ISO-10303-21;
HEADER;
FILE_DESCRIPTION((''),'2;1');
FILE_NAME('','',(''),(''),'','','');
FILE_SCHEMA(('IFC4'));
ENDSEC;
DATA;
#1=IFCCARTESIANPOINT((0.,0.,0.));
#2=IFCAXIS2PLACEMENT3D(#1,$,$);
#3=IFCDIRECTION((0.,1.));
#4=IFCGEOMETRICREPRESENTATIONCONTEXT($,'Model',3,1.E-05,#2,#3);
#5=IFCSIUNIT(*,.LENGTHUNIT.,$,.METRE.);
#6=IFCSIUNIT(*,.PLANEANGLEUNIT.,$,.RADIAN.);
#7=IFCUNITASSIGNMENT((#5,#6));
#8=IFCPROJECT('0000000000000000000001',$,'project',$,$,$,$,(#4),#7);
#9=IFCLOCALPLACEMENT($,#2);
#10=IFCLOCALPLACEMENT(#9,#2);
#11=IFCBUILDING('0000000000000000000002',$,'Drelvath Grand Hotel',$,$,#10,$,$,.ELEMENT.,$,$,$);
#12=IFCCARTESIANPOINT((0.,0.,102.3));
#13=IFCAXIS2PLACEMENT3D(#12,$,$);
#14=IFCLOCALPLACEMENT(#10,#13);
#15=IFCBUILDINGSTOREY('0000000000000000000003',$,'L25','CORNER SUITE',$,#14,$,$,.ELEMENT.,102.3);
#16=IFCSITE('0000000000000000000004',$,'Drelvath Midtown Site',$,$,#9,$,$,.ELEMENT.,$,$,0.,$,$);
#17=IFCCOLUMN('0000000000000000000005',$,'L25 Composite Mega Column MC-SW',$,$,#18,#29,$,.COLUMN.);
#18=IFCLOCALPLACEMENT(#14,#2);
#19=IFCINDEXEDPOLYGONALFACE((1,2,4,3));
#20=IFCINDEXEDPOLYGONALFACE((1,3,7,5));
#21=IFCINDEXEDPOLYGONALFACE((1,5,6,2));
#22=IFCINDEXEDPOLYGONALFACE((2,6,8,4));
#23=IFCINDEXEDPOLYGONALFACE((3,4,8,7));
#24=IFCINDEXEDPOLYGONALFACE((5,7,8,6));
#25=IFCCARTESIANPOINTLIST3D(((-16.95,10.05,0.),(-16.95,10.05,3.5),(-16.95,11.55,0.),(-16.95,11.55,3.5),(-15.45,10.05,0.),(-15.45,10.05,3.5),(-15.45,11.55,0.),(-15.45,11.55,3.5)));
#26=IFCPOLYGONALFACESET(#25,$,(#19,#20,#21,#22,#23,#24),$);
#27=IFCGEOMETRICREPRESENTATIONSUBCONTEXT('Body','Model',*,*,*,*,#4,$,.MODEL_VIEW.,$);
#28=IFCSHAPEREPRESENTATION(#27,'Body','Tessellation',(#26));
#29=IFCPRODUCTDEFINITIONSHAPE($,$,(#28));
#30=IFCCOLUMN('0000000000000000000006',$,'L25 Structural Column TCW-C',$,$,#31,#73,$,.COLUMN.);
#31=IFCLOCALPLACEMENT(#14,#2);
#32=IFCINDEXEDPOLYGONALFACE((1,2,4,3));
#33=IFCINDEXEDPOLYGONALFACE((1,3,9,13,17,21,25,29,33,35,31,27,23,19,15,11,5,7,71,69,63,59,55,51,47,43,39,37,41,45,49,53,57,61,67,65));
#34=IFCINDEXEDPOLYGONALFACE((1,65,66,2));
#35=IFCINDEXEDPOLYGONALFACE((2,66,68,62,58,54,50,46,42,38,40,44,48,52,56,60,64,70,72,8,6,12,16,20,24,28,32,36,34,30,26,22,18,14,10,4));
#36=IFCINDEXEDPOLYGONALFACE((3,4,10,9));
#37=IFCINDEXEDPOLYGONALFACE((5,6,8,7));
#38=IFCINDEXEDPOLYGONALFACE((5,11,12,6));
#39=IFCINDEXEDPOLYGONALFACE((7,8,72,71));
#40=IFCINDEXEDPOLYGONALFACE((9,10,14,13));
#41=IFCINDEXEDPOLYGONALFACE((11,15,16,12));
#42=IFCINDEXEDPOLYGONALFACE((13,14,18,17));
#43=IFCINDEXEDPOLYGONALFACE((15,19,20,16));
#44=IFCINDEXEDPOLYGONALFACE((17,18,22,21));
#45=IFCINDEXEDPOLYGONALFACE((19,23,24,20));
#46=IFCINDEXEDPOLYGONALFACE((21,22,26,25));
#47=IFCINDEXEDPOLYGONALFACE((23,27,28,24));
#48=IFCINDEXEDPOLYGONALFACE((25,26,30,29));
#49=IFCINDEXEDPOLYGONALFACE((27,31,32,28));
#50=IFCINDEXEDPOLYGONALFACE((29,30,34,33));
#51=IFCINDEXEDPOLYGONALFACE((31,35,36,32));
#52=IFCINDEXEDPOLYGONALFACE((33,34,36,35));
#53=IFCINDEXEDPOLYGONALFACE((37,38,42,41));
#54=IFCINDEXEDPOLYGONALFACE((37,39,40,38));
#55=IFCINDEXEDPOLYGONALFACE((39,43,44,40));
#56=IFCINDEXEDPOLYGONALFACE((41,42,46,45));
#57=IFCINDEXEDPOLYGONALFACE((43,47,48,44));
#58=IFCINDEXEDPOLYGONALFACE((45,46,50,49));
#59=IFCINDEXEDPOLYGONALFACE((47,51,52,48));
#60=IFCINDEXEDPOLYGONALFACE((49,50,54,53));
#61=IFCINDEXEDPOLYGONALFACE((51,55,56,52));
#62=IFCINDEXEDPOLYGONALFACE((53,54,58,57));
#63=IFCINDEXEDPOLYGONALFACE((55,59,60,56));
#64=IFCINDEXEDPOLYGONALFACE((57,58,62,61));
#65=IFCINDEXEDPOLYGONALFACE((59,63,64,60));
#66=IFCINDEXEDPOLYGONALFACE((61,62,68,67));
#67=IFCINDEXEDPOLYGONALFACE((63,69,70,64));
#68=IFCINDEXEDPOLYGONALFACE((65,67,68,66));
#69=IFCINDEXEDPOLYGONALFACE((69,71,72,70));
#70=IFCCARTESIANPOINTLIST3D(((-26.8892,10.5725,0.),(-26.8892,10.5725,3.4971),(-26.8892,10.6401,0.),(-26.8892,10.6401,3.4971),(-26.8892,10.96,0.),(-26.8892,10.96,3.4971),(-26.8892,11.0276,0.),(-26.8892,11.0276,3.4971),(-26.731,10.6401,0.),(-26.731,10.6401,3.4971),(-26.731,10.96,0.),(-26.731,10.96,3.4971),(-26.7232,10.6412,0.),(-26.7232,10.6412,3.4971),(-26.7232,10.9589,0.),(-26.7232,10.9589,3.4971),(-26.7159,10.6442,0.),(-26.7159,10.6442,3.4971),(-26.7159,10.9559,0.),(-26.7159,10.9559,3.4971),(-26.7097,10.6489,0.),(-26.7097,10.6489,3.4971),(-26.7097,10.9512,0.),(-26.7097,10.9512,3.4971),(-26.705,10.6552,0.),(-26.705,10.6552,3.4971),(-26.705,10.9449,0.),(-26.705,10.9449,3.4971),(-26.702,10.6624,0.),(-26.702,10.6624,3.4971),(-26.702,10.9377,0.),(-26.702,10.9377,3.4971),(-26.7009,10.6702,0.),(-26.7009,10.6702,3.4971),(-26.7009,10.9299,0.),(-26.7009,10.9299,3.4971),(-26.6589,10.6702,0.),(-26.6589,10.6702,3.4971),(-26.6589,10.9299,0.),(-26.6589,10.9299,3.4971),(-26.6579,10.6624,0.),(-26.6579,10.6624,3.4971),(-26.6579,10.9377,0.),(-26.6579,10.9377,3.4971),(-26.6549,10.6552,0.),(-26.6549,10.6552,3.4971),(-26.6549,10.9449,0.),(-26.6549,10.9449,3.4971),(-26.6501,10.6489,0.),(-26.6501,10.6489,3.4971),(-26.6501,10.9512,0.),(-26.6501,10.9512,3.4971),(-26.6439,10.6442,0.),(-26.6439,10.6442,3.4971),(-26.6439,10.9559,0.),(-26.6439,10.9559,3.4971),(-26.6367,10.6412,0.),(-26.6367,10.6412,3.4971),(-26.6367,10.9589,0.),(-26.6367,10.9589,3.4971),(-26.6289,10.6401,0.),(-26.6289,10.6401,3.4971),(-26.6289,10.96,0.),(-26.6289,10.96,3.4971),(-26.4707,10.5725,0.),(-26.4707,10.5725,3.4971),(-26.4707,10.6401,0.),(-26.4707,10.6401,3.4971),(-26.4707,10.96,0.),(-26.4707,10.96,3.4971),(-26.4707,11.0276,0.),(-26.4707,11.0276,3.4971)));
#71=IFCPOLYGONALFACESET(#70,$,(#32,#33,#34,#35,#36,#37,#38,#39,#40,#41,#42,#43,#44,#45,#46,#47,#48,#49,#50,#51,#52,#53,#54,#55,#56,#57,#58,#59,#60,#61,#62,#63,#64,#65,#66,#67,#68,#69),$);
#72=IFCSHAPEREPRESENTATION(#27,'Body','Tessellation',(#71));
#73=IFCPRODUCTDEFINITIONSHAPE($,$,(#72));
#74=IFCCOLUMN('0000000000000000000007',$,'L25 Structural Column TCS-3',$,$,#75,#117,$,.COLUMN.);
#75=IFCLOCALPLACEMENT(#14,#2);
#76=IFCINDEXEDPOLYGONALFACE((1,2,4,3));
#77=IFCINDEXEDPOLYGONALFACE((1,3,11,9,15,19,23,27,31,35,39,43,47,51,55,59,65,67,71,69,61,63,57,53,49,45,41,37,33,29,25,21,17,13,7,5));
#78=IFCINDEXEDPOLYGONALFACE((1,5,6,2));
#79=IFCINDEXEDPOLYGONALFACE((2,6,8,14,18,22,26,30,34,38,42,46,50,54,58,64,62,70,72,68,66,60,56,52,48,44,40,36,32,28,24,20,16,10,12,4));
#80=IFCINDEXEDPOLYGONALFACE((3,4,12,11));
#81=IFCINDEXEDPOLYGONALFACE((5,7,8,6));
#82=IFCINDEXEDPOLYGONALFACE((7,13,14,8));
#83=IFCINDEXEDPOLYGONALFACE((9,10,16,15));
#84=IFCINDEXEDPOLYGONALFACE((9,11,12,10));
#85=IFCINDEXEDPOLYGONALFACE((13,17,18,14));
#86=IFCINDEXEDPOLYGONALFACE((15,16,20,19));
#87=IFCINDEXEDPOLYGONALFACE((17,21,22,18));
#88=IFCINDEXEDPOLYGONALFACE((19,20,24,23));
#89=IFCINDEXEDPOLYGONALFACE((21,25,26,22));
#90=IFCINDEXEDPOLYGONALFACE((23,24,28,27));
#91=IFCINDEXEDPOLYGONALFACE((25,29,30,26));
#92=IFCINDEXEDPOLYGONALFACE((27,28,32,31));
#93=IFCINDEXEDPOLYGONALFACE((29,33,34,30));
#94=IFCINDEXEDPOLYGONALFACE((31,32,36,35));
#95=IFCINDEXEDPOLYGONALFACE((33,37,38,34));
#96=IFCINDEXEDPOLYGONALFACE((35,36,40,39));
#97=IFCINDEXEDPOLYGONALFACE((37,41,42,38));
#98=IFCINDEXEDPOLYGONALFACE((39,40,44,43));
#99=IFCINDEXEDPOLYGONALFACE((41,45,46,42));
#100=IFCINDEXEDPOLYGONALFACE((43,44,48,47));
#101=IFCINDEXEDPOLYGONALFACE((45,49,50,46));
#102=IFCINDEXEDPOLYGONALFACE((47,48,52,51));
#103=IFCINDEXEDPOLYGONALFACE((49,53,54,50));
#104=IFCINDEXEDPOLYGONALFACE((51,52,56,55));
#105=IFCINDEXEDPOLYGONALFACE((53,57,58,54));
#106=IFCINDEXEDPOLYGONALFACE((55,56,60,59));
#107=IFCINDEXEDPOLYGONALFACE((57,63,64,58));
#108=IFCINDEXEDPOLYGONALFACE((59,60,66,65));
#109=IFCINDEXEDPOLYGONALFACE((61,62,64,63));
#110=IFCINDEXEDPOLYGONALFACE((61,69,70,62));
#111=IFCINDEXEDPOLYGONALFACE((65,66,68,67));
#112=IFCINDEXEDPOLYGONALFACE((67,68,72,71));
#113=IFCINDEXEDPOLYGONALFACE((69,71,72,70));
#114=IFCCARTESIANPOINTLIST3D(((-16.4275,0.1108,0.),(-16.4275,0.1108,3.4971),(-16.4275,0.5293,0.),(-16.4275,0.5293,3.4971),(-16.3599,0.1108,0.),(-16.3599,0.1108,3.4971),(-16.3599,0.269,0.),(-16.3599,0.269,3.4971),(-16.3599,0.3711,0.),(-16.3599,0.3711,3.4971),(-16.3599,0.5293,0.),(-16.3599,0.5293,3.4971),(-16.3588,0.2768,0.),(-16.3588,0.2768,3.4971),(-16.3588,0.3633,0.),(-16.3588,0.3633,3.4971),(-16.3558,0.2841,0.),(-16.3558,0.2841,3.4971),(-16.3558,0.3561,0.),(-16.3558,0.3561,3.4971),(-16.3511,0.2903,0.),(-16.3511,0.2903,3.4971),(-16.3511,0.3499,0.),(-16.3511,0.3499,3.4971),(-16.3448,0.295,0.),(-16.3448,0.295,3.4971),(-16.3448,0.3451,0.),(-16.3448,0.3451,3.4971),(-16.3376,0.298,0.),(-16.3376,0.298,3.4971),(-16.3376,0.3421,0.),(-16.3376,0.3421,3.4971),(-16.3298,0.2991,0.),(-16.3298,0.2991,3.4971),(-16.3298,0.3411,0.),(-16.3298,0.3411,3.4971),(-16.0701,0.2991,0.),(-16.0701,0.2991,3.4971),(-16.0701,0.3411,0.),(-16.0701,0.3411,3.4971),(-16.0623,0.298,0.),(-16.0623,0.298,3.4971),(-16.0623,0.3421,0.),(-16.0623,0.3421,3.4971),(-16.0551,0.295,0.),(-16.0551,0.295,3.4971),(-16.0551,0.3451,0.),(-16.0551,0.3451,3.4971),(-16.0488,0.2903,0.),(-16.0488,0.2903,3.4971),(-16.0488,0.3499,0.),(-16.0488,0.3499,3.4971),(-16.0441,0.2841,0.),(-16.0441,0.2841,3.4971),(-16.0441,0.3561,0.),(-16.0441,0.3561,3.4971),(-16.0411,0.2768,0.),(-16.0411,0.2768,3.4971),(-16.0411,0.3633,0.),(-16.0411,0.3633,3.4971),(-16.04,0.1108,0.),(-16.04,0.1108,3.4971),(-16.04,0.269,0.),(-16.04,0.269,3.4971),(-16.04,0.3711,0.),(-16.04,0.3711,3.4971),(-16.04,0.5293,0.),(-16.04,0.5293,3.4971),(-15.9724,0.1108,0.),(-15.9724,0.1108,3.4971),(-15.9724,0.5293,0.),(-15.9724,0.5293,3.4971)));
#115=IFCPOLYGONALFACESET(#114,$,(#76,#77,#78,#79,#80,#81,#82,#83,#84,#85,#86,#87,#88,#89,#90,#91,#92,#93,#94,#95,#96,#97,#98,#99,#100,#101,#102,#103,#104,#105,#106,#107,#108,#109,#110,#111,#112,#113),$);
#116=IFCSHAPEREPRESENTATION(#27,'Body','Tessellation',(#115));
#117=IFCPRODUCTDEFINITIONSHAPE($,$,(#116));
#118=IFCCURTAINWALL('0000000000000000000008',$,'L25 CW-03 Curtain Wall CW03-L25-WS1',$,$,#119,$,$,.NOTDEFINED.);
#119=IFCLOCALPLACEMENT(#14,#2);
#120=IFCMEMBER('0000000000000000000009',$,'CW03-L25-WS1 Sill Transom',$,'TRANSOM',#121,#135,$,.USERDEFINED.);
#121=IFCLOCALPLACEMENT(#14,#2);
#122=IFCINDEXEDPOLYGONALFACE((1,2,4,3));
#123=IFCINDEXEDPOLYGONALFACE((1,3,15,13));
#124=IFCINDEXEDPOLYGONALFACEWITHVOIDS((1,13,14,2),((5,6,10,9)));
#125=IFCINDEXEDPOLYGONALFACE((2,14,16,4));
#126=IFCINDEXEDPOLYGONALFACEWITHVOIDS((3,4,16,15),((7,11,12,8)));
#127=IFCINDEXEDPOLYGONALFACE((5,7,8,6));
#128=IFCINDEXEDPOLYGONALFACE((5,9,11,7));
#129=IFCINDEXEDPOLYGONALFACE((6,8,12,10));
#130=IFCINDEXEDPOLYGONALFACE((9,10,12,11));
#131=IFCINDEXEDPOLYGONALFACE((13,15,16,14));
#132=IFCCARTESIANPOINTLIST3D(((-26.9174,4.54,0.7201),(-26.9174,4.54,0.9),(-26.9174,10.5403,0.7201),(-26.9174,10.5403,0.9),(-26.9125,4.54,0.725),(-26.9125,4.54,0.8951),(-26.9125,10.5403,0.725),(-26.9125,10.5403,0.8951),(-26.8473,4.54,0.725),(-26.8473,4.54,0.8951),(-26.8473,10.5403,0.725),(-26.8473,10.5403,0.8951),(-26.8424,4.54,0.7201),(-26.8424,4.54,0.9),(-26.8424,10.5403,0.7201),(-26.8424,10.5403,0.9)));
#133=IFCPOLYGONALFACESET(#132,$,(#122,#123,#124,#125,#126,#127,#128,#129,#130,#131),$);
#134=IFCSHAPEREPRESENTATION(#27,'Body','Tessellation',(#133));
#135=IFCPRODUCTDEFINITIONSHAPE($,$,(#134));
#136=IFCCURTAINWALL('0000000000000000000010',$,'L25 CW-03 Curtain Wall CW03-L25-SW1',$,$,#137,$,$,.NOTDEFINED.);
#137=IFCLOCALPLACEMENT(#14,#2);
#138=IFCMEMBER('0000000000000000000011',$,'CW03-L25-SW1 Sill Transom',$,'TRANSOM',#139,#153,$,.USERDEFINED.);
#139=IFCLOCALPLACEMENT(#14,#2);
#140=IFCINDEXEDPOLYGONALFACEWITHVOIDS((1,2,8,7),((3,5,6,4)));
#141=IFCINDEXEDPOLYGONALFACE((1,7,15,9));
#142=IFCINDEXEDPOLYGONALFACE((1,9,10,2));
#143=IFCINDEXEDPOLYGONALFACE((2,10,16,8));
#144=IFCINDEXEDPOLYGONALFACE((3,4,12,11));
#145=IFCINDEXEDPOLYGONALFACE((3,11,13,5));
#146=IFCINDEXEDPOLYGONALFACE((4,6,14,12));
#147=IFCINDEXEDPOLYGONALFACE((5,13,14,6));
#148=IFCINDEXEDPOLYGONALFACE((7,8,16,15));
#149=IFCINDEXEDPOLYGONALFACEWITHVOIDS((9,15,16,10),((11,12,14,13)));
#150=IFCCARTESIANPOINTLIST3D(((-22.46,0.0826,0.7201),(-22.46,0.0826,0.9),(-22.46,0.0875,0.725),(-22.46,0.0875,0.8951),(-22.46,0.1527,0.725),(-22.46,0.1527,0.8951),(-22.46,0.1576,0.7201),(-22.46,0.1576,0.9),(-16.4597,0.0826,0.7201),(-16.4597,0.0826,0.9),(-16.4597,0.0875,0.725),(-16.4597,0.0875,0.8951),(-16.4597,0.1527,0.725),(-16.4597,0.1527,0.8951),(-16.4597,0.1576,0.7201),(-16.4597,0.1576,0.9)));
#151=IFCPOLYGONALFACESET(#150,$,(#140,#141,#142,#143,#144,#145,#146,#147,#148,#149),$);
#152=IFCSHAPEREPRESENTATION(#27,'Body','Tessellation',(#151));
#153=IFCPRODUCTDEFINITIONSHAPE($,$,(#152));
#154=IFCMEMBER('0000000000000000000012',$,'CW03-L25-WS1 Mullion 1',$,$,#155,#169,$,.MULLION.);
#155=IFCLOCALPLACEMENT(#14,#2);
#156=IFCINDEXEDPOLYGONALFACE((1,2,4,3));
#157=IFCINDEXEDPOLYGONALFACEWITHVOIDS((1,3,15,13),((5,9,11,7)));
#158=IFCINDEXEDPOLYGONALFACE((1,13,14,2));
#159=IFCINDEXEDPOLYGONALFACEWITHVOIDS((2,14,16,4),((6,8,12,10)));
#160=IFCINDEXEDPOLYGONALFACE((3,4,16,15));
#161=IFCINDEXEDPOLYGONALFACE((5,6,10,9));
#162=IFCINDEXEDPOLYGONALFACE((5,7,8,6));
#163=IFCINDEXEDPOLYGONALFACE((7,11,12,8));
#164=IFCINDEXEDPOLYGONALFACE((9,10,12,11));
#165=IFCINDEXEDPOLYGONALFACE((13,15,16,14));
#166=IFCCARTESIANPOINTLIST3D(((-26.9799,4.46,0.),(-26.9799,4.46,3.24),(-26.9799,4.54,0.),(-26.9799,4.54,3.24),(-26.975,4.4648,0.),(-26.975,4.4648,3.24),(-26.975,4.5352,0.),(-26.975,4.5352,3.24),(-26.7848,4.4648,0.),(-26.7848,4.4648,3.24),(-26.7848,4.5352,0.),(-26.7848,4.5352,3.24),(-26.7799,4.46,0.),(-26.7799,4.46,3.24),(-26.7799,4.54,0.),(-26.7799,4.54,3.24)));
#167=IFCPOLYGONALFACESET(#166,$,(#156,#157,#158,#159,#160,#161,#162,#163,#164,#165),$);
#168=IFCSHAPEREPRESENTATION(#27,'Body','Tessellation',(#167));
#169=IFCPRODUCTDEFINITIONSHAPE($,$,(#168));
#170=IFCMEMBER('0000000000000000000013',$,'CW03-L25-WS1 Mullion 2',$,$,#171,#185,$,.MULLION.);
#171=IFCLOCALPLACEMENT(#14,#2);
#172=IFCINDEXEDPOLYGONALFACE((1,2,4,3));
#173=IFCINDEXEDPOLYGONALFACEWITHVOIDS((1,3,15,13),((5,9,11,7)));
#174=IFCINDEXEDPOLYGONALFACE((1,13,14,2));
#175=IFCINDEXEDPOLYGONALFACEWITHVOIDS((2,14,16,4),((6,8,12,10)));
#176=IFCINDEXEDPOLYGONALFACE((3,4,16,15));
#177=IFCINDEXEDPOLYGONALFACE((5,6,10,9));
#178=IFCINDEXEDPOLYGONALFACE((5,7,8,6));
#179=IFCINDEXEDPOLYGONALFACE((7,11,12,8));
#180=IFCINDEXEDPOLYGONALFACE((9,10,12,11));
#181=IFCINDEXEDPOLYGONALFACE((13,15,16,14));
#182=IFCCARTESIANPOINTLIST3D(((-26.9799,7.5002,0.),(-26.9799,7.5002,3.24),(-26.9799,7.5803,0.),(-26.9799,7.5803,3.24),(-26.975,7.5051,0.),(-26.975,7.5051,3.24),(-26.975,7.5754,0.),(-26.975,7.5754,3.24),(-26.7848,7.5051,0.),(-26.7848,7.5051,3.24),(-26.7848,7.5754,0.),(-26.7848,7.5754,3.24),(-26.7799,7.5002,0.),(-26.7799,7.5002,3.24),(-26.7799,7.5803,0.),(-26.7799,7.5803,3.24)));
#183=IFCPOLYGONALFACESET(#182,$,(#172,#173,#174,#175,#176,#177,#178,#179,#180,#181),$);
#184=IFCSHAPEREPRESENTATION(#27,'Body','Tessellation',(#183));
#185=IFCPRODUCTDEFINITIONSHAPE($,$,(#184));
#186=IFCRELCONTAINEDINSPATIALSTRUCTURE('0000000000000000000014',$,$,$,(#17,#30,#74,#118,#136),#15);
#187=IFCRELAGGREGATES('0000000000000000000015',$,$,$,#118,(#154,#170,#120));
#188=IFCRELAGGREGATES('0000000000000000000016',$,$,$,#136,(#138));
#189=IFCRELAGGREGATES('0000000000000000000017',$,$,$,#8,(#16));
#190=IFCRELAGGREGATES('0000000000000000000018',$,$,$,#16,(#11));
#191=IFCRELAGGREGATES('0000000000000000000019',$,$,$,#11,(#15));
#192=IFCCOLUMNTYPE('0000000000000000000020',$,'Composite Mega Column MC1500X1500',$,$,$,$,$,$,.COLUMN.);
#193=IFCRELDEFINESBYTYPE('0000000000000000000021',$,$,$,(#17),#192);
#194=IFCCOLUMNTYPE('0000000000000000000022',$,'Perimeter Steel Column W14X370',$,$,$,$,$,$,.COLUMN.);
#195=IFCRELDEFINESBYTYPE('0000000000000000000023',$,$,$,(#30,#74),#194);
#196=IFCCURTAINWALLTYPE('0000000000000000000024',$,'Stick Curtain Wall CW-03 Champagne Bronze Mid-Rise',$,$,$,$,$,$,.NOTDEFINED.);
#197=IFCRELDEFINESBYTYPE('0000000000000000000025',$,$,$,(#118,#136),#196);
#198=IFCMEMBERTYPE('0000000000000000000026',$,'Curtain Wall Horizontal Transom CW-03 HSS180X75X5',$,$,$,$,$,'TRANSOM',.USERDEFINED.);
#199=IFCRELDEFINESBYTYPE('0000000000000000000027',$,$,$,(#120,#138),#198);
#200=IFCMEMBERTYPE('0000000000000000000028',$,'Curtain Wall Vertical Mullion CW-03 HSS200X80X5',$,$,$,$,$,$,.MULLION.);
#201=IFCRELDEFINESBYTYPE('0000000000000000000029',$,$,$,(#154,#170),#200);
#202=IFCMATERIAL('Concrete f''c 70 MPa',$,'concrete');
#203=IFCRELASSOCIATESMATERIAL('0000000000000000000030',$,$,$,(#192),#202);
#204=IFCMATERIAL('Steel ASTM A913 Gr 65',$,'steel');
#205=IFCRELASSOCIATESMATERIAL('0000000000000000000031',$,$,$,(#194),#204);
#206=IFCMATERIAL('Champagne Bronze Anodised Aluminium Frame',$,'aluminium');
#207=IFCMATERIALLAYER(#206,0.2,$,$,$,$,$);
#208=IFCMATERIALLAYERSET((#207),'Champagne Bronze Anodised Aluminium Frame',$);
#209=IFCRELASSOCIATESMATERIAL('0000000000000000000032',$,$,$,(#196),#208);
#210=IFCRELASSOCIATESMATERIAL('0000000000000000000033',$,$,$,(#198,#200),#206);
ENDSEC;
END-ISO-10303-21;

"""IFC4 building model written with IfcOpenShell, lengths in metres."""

from ifc_helpers import new_model, si_unit, direction, frame, origin, origin_2d, place, context, subcontext, project, spatial, rectangle, hollow_rectangle, i_section, extrude, material, layer, layer_set, material_profile, profile_set, type_object, element, aggregate, save


model = new_model("IFC4")

# Units and contexts
model_context = context("Model", 3, precision=1e-05, world=origin(), true_north=direction((0.0, 1.0)))
body_context = subcontext(model_context, "Body", "Model", "MODEL_VIEW")
ifc_project = project(units=[si_unit("LENGTHUNIT", "METRE"), si_unit("PLANEANGLEUNIT", "RADIAN")], contexts=[model_context])

# Site, building, storey
site_placement = place(None, origin())
site = spatial("IfcSite", under=ifc_project, at=site_placement, Name="Drelvath Midtown Site", CompositionType="ELEMENT", RefElevation=0.0)
building_placement = place(site_placement, origin())
building = spatial("IfcBuilding", under=site, at=building_placement, Name="Drelvath Grand Hotel", CompositionType="ELEMENT")
storey_placement = place(building_placement, frame((0.0, 0.0, 102.3)))
storey = spatial("IfcBuildingStorey", under=building, at=storey_placement, Name="L25", Description="CORNER SUITE", CompositionType="ELEMENT", Elevation=102.3)

# Columns
ifc_material_1 = material(Name="Concrete f'c 70 MPa", Category="concrete")
ifc_material_profile_1 = material_profile(ifc_material_1, rectangle(XDim=1.5, YDim=1.5, at=origin_2d()), Name="MC1500X1500")
ifc_profile_set_1 = profile_set([ifc_material_profile_1], Name="Concrete f'c 70 MPa")
column_type_1 = type_object("IfcColumnType", Name="Composite Mega Column MC1500X1500", PredefinedType="COLUMN", material=ifc_profile_set_1)
column_placement = place(storey_placement, frame((-16.2, 10.8, 0.0), z_axis=(0.0, 0.0, 1.0), x_axis=(1.0, 0.0, 0.0)))
element("IfcColumn", 1, at=column_placement, inside=storey, type_object=column_type_1, Name="L25 Composite Mega Column MC-SW", PredefinedType="COLUMN", context=body_context, shape_type="SweptSolid", body=[
    extrude(rectangle(XDim=1.5, YDim=1.5, at=origin_2d()), origin(), (0.0, 0.0, 1.0), 3.5),
])
ifc_material_2 = material(Name="Steel ASTM A913 Gr 65", Category="steel")
ifc_material_profile_2 = material_profile(ifc_material_2, i_section(OverallWidth=0.4185, OverallDepth=0.4551, WebThickness=0.042, FlangeThickness=0.0676, FilletRadius=0.03, at=origin_2d()), Name="W14X370")
ifc_profile_set_2 = profile_set([ifc_material_profile_2], Name="Steel ASTM A913 Gr 65")
column_type_2 = type_object("IfcColumnType", Name="Perimeter Steel Column W14X370", PredefinedType="COLUMN", material=ifc_profile_set_2)
for number, where, z_axis, x_axis, name in (
    (2, (-26.6799, 10.8, 0.0), (0.0, 0.0, 1.0), (1.0, 0.0, 0.0), "L25 Structural Column TCW-C"),
    (3, (-16.2, 0.3201, 0.0), (0.0, 0.0, 1.0), (0.0, 1.0, 0.0), "L25 Structural Column TCS-3"),
):
    element("IfcColumn", number, at=place(storey_placement, frame(where, z_axis=z_axis, x_axis=x_axis)), inside=storey, type_object=column_type_2, Name=name, PredefinedType="COLUMN", context=body_context, shape_type="SweptSolid", body=[
        extrude(i_section(OverallWidth=0.4185, OverallDepth=0.4551, WebThickness=0.042, FlangeThickness=0.0676, FilletRadius=0.03, at=origin_2d()), origin(), (0.0, 0.0, 1.0), 3.4971),
    ])

# Curtain walls, members
ifc_material_3 = material(Name="Champagne Bronze Anodised Aluminium Frame", Category="aluminium")
ifc_layer_1 = layer(ifc_material_3, 0.2)
ifc_layer_set_1 = layer_set([ifc_layer_1], Name="Champagne Bronze Anodised Aluminium Frame")
curtain_wall_type = type_object("IfcCurtainWallType", Name="Stick Curtain Wall CW-03 Champagne Bronze Mid-Rise", PredefinedType="NOTDEFINED", material=ifc_layer_set_1)
curtain_wall_1_placement = place(storey_placement, origin())
curtain_wall_1 = element("IfcCurtainWall", 4, at=curtain_wall_1_placement, inside=storey, type_object=curtain_wall_type, Name="L25 CW-03 Curtain Wall CW03-L25-WS1", PredefinedType="NOTDEFINED")
ifc_material_profile_3 = material_profile(ifc_material_3, hollow_rectangle(XDim=0.075, YDim=0.1799, WallThickness=0.0049, at=origin_2d()), Name="HSS180X75X5")
ifc_profile_set_3 = profile_set([ifc_material_profile_3], Name="Champagne Bronze Anodised Aluminium Frame")
member_type_1 = type_object("IfcMemberType", Name="Curtain Wall Horizontal Transom CW-03 HSS180X75X5", ElementType="TRANSOM", PredefinedType="USERDEFINED", material=ifc_profile_set_3)
member_1_placement = place(storey_placement, frame((-26.8799, 4.54, 0.8101), z_axis=(0.0, 1.0, 0.0), x_axis=(-1.0, 0.0, 0.0)))
member_1 = element("IfcMember", 5, at=member_1_placement, type_object=member_type_1, Name="CW03-L25-WS1 Sill Transom", ObjectType="TRANSOM", PredefinedType="USERDEFINED", context=body_context, shape_type="SweptSolid", body=[
    extrude(hollow_rectangle(XDim=0.075, YDim=0.1799, WallThickness=0.0049, at=origin_2d()), origin(), (0.0, 0.0, 1.0), 6.0002),
])
curtain_wall_2_placement = place(storey_placement, origin())
curtain_wall_2 = element("IfcCurtainWall", 6, at=curtain_wall_2_placement, inside=storey, type_object=curtain_wall_type, Name="L25 CW-03 Curtain Wall CW03-L25-SW1", PredefinedType="NOTDEFINED")
member_2_placement = place(storey_placement, frame((-16.4597, 0.1201, 0.8101), z_axis=(-1.0, 0.0, 0.0), x_axis=(0.0, -1.0, 0.0)))
member_2 = element("IfcMember", 7, at=member_2_placement, type_object=member_type_1, Name="CW03-L25-SW1 Sill Transom", ObjectType="TRANSOM", PredefinedType="USERDEFINED", context=body_context, shape_type="SweptSolid", body=[
    extrude(hollow_rectangle(XDim=0.075, YDim=0.1799, WallThickness=0.0049, at=origin_2d()), origin(), (0.0, 0.0, 1.0), 6.0002),
])

# Members
ifc_material_profile_4 = material_profile(ifc_material_3, hollow_rectangle(XDim=0.0801, YDim=0.2, WallThickness=0.0049, at=origin_2d()), Name="HSS200X80X5")
ifc_profile_set_4 = profile_set([ifc_material_profile_4], Name="Champagne Bronze Anodised Aluminium Frame")
member_type_2 = type_object("IfcMemberType", Name="Curtain Wall Vertical Mullion CW-03 HSS200X80X5", PredefinedType="MULLION", material=ifc_profile_set_4)
member_3_placement = place(storey_placement, frame((-26.8799, 4.5, 0.0), z_axis=(0.0, 0.0, 1.0), x_axis=(0.0, 1.0, 0.0)))
member_3 = element("IfcMember", 8, at=member_3_placement, type_object=member_type_2, Name="CW03-L25-WS1 Mullion 1", PredefinedType="MULLION", context=body_context, shape_type="SweptSolid", body=[
    extrude(hollow_rectangle(XDim=0.0801, YDim=0.2, WallThickness=0.0049, at=origin_2d()), origin(), (0.0, 0.0, 1.0), 3.24),
])
member_4_placement = place(storey_placement, frame((-26.8799, 7.5403, 0.0), z_axis=(0.0, 0.0, 1.0), x_axis=(0.0, 1.0, 0.0)))
member_4 = element("IfcMember", 9, at=member_4_placement, type_object=member_type_2, Name="CW03-L25-WS1 Mullion 2", PredefinedType="MULLION", context=body_context, shape_type="SweptSolid", body=[
    extrude(hollow_rectangle(XDim=0.0801, YDim=0.2, WallThickness=0.0049, at=origin_2d()), origin(), (0.0, 0.0, 1.0), 3.24),
])

aggregate(curtain_wall_1, [member_3, member_4, member_1])
aggregate(curtain_wall_2, [member_2])

save(model, "model.ifc")
